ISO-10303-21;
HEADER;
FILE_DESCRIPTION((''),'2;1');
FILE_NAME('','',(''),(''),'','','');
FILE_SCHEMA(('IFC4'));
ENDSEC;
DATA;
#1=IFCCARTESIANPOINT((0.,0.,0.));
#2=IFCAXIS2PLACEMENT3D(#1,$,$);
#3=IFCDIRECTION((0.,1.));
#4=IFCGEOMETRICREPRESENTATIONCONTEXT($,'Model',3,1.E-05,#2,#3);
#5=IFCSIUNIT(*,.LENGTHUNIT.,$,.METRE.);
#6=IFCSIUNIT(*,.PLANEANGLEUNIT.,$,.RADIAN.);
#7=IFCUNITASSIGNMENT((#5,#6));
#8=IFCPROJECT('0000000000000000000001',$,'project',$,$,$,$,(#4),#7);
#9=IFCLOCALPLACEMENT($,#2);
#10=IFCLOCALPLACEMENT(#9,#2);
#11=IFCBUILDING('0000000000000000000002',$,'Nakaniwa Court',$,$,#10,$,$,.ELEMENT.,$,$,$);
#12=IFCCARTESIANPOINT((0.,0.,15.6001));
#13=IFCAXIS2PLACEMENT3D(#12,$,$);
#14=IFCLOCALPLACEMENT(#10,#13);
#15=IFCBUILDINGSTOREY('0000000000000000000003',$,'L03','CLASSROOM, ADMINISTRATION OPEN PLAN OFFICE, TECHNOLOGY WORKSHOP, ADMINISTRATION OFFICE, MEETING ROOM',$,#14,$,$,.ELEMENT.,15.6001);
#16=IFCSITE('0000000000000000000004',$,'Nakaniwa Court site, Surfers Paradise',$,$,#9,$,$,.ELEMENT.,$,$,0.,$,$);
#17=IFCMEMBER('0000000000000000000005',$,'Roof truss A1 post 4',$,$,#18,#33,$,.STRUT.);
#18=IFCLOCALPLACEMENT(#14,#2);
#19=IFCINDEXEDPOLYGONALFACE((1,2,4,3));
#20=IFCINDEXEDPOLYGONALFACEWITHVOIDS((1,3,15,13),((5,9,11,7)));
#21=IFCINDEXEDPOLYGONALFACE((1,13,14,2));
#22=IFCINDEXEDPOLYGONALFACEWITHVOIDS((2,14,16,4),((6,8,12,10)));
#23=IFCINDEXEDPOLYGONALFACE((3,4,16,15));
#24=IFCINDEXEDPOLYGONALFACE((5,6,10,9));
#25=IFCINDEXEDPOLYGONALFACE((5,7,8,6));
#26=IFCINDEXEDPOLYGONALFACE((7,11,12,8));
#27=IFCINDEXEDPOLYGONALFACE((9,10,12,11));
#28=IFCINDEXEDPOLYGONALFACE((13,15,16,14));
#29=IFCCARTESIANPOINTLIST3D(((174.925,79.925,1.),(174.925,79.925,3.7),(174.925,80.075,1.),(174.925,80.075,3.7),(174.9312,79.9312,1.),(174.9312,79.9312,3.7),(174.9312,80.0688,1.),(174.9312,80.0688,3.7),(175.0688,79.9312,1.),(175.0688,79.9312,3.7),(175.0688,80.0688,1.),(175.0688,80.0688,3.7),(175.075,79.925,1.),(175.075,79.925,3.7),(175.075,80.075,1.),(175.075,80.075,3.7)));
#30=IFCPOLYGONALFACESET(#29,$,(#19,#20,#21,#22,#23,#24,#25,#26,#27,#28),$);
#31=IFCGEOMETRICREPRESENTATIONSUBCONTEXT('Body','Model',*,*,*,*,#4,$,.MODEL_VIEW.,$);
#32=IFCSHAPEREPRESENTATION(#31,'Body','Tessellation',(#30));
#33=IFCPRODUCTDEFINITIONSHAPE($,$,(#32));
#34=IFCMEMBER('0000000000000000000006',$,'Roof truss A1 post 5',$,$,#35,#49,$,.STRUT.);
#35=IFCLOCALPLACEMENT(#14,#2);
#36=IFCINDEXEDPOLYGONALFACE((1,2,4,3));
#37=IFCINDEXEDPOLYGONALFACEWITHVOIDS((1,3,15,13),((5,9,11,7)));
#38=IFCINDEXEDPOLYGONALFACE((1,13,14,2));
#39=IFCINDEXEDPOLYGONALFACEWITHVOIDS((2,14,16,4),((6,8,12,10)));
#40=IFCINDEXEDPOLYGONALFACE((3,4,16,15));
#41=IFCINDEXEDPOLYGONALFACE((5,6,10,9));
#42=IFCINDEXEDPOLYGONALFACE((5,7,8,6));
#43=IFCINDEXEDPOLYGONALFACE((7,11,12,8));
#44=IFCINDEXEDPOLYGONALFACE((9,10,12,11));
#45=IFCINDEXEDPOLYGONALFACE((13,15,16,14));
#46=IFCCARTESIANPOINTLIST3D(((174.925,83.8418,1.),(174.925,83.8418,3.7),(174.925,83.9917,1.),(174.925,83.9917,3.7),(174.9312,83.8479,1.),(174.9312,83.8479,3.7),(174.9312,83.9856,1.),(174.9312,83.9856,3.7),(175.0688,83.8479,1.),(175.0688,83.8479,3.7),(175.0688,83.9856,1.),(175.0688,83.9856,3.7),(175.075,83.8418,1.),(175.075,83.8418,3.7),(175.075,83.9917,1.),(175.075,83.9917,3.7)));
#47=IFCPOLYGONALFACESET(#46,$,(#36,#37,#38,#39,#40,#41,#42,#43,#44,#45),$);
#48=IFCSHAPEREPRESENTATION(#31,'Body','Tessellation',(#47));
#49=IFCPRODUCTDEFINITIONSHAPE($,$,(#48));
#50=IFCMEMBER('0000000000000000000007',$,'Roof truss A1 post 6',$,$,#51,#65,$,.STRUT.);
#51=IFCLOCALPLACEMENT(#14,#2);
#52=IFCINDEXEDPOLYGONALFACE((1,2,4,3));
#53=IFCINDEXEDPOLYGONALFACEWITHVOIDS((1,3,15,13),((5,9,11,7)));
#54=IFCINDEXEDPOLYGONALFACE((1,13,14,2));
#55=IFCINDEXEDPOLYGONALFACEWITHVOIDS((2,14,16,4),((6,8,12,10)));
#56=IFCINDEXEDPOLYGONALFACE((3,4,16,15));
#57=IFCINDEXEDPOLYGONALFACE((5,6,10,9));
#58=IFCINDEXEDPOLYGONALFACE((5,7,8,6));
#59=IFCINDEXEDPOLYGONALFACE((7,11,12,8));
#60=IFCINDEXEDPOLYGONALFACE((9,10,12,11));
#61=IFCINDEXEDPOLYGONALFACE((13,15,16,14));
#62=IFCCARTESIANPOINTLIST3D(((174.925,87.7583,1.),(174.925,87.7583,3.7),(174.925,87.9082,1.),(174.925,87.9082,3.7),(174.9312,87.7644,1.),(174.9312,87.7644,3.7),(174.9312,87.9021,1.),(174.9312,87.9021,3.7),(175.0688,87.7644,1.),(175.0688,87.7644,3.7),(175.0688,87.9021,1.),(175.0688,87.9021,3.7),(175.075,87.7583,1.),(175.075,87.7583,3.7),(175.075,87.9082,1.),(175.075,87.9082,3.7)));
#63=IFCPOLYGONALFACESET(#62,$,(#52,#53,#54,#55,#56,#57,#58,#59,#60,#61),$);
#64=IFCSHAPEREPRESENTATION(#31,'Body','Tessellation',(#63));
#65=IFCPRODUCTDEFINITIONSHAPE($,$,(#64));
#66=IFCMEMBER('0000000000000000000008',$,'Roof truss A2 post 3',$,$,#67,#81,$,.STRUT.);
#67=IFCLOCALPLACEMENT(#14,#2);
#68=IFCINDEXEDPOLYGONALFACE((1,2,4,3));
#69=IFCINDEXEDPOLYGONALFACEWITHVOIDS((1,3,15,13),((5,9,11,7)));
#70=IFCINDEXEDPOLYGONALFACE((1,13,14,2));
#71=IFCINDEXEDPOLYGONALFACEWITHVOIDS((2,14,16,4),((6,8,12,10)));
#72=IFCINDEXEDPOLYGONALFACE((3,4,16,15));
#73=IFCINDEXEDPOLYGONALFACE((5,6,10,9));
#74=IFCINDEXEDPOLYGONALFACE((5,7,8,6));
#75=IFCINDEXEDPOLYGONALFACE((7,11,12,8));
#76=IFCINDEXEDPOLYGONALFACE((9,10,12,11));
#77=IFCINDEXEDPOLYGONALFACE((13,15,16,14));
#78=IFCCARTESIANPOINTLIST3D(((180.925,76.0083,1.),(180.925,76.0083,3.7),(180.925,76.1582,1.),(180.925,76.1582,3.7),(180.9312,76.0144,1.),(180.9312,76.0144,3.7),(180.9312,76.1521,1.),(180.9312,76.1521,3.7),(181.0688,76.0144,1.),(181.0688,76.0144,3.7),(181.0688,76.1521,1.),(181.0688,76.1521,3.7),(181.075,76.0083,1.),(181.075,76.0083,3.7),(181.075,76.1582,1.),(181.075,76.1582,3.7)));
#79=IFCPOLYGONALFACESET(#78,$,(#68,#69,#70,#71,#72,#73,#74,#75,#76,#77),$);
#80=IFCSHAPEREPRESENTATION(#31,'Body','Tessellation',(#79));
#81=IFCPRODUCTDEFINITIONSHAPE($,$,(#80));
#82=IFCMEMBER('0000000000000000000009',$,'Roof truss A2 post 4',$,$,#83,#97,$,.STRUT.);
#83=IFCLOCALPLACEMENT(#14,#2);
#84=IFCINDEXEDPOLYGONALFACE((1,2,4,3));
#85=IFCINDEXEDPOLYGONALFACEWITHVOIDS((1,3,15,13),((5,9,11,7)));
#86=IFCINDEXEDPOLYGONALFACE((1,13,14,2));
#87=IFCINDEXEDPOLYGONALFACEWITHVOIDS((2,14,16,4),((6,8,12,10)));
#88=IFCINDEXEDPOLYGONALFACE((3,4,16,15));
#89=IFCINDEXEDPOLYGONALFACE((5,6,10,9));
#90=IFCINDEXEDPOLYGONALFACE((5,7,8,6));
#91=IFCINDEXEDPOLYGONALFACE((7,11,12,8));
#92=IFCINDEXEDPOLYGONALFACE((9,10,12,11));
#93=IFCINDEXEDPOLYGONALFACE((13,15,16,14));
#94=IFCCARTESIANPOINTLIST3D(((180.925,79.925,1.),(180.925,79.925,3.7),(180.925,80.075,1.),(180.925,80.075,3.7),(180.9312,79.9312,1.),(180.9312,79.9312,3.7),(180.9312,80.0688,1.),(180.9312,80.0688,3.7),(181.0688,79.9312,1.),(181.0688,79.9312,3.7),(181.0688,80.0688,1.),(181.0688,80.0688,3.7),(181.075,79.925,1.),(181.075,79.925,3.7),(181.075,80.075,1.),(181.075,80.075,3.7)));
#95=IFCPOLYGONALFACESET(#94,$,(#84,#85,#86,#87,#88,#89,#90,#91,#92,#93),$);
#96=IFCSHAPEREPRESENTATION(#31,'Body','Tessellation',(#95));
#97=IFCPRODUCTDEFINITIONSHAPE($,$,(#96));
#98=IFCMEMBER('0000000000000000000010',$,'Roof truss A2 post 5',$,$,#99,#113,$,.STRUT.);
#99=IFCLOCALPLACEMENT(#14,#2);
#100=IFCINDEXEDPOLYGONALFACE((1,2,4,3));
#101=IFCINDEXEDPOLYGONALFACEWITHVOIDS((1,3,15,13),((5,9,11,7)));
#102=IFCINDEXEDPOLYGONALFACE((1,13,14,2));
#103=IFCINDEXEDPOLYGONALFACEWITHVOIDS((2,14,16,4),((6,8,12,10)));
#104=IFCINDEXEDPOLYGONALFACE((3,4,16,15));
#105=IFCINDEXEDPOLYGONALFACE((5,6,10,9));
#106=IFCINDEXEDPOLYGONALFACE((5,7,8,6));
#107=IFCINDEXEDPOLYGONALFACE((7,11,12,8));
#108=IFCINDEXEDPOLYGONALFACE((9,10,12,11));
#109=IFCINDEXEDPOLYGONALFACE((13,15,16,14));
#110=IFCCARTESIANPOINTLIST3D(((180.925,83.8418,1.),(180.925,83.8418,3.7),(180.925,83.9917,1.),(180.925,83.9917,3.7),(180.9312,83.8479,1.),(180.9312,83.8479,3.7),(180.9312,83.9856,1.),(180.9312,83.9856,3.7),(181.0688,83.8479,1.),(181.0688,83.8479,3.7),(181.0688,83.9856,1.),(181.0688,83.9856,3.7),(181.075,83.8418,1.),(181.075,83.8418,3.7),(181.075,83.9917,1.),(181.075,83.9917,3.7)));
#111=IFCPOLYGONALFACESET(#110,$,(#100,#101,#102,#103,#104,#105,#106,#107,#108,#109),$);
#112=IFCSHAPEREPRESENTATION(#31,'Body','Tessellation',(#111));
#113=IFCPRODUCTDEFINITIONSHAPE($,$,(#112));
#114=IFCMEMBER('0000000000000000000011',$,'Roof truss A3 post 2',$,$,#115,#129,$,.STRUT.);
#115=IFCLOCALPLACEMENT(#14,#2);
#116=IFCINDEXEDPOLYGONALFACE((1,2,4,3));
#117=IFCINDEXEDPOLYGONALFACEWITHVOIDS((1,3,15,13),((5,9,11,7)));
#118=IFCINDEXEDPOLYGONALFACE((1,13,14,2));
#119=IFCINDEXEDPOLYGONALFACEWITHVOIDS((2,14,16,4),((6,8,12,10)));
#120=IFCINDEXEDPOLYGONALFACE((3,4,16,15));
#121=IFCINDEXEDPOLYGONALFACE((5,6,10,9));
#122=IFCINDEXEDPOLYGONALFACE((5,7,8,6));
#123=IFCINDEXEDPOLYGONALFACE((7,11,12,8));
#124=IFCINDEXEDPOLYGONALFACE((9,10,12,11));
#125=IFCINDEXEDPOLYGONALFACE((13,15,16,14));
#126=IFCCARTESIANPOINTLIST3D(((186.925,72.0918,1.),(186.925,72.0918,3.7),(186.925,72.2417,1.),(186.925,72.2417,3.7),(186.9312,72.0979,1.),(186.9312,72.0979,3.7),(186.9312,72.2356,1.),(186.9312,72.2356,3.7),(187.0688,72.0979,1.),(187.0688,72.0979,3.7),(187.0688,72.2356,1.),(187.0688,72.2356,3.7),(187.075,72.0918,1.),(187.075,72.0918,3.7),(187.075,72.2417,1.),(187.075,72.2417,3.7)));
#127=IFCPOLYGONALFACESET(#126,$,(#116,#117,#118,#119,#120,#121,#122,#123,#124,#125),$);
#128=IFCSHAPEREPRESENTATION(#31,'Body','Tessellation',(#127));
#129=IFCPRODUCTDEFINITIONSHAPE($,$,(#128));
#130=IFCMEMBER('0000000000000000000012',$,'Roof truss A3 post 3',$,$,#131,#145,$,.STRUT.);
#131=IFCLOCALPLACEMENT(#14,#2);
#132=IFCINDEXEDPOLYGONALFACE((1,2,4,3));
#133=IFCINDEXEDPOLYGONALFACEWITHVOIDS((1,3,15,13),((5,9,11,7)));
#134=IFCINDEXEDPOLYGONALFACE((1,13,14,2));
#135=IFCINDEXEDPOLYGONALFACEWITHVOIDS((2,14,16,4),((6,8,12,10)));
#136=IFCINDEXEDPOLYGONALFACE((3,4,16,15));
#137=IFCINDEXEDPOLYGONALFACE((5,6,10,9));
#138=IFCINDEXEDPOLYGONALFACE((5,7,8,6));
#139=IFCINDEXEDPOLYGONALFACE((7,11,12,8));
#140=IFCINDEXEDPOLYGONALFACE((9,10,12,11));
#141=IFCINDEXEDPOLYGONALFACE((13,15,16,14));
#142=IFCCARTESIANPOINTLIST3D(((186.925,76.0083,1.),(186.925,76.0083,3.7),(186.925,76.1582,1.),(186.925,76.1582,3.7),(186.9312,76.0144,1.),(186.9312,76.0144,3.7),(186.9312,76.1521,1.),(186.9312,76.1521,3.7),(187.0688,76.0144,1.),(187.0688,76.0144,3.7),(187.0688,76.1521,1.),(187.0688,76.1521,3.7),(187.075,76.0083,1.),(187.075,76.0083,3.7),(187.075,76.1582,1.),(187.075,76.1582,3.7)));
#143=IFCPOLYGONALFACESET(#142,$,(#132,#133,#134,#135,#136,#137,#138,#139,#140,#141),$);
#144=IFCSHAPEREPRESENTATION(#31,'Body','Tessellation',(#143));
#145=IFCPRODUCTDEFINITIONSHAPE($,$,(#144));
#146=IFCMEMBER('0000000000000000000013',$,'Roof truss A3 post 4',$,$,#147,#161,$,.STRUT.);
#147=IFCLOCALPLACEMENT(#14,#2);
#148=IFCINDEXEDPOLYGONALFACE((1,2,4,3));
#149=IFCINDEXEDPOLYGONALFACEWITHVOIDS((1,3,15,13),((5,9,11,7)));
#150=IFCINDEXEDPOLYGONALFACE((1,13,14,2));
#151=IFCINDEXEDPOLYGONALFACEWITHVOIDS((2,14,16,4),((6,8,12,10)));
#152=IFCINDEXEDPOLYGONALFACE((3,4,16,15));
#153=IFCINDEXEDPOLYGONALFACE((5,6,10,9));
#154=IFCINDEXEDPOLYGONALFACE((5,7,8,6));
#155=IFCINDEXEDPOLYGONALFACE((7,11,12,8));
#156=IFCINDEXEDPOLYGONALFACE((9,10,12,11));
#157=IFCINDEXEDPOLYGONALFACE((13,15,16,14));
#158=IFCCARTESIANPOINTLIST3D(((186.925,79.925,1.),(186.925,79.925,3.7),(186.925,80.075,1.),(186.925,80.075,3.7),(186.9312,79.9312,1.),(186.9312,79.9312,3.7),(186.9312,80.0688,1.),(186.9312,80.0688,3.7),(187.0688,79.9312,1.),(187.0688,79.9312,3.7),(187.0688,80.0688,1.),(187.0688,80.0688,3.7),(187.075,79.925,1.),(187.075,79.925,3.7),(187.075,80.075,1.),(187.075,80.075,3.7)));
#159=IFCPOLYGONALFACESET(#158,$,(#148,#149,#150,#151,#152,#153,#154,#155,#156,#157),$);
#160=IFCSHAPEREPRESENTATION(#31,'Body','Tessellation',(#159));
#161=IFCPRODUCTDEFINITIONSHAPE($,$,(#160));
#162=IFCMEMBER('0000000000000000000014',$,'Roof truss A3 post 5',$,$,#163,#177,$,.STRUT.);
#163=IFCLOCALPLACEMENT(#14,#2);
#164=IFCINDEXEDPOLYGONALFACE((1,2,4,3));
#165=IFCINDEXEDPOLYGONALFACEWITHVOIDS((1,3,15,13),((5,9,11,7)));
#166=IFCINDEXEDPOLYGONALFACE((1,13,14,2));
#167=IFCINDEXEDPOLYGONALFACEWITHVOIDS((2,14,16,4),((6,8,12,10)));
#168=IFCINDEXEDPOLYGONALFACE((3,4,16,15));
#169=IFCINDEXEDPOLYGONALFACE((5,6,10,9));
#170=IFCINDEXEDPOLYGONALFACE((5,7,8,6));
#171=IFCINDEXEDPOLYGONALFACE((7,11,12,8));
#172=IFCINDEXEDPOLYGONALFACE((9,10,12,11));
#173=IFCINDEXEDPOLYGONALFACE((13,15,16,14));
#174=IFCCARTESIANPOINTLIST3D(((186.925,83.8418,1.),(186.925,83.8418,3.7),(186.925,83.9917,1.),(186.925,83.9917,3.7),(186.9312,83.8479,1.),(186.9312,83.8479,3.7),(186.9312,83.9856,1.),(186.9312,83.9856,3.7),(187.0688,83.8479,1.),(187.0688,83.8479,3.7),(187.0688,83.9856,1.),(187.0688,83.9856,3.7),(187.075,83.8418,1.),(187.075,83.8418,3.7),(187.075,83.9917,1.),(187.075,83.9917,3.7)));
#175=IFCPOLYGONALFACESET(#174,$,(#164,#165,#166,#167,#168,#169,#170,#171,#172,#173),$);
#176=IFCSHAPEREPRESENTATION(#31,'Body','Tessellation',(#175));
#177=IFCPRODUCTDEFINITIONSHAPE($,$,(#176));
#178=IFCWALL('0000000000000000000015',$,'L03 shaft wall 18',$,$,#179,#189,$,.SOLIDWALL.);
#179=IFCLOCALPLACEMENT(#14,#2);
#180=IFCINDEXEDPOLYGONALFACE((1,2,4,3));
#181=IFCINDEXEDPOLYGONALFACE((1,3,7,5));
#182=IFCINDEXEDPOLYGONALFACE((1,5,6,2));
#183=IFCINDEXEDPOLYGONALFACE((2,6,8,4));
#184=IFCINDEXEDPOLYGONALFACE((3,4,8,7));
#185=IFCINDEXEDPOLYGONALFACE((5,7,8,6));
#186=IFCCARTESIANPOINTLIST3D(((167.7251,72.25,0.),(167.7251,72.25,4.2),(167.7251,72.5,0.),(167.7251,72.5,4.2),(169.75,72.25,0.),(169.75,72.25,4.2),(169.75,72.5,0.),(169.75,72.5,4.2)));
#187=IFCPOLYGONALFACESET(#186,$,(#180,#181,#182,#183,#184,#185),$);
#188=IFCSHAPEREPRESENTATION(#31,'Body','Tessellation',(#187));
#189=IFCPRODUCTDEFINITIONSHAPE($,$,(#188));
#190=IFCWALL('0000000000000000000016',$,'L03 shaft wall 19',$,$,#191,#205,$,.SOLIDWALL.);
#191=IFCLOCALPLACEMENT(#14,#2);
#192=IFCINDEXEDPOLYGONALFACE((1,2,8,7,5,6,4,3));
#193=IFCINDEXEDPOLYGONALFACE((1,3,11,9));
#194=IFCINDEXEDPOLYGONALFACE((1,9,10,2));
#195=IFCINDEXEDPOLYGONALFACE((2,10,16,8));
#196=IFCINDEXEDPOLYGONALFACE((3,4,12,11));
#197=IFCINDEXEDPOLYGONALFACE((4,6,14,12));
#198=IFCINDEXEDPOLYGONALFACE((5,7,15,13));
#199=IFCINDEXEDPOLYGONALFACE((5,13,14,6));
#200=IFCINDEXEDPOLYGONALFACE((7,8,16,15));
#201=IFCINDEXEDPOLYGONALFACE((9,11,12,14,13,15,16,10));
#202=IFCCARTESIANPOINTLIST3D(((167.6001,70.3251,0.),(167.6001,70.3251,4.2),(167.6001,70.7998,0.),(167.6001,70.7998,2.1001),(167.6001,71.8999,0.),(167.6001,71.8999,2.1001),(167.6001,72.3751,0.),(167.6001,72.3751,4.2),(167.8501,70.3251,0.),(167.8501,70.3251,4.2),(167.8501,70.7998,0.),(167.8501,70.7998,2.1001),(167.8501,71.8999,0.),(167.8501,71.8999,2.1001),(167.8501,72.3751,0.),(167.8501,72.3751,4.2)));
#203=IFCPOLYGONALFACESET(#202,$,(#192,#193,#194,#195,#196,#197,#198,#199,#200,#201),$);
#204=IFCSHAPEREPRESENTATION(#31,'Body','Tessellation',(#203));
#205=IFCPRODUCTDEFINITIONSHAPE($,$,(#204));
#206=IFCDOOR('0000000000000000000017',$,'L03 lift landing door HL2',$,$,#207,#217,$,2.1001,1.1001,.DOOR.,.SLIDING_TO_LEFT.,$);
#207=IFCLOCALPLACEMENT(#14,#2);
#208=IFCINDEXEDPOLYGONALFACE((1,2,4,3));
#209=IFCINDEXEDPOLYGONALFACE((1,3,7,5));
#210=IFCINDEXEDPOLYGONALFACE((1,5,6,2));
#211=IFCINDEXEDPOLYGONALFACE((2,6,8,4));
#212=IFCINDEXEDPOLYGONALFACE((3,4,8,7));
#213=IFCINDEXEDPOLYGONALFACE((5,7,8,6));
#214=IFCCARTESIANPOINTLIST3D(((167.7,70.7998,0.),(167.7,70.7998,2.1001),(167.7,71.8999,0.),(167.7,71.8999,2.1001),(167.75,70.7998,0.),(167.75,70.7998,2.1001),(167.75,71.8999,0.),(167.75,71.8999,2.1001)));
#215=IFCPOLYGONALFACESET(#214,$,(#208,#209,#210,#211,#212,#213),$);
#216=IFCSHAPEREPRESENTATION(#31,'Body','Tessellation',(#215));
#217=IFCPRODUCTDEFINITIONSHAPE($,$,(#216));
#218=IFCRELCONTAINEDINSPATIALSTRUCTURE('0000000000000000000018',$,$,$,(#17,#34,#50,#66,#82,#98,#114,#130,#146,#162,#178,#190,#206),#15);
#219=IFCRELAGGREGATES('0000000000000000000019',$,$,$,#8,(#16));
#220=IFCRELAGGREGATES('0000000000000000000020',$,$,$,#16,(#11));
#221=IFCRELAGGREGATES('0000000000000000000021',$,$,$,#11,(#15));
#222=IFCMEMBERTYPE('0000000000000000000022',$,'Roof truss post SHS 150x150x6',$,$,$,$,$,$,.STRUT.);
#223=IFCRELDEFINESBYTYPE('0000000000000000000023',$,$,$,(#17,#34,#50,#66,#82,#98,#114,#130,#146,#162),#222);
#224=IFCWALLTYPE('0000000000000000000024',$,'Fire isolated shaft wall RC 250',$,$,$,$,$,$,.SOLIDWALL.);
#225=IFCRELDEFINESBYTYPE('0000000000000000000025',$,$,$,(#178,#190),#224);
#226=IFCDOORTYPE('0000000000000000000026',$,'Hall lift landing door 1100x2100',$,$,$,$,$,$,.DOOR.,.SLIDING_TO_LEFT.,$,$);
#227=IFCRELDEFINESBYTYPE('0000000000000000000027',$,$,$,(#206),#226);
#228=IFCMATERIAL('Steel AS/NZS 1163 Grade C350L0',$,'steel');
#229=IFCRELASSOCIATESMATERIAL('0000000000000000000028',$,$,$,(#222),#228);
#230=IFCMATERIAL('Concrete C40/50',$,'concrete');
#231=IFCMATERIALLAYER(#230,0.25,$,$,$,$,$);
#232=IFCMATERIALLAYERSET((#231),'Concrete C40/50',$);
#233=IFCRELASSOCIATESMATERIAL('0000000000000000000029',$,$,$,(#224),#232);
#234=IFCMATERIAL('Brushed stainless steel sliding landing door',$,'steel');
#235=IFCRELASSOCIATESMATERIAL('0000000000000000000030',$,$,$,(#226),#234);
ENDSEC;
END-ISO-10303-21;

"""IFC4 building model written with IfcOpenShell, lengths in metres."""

from ifc_helpers import new_model, si_unit, direction, frame, frame_2d, origin, origin_2d, place, context, subcontext, project, spatial, rectangle, hollow_rectangle, extrude, material, layer, layer_set, material_profile, profile_set, type_object, element, fill, save


model = new_model("IFC4")

# Units and contexts
model_context = context("Model", 3, precision=1e-05, world=origin(), true_north=direction((0.0, 1.0)))
body_context = subcontext(model_context, "Body", "Model", "MODEL_VIEW")
ifc_project = project(units=[si_unit("LENGTHUNIT", "METRE"), si_unit("PLANEANGLEUNIT", "RADIAN")], contexts=[model_context])

# Site, building, storey
site_placement = place(None, origin())
site = spatial("IfcSite", under=ifc_project, at=site_placement, Name="Nakaniwa Court site, Surfers Paradise", CompositionType="ELEMENT", RefElevation=0.0)
building_placement = place(site_placement, origin())
building = spatial("IfcBuilding", under=site, at=building_placement, Name="Nakaniwa Court", CompositionType="ELEMENT")
storey_placement = place(building_placement, frame((0.0, 0.0, 15.6001)))
storey = spatial("IfcBuildingStorey", under=building, at=storey_placement, Name="L03", Description="CLASSROOM, ADMINISTRATION OPEN PLAN OFFICE, TECHNOLOGY WORKSHOP, ADMINISTRATION OFFICE, MEETING ROOM", CompositionType="ELEMENT", Elevation=15.6001)

# Members
ifc_material_1 = material(Name="Steel AS/NZS 1163 Grade C350L0", Category="steel")
ifc_material_profile_1 = material_profile(ifc_material_1, hollow_rectangle(XDim=0.1499, YDim=0.1499, WallThickness=0.0061, at=origin_2d()), Name="SHS 150x150x6")
ifc_profile_set_1 = profile_set([ifc_material_profile_1], Name="Steel AS/NZS 1163 Grade C350L0")
member_type_1 = type_object("IfcMemberType", Name="Roof truss post SHS 150x150x6", PredefinedType="STRUT", material=ifc_profile_set_1)
for number, where, z_axis, x_axis, name in (
    (1, (175.0, 80.0, 1.0), (0.0, 0.0, 1.0), (1.0, 0.0, 0.0), "Roof truss A1 post 4"),
    (2, (175.0, 83.9167, 1.0), (0.0, 0.0, 1.0), (1.0, 0.0, 0.0), "Roof truss A1 post 5"),
    (3, (175.0, 87.8333, 1.0), (0.0, 0.0, 1.0), (1.0, 0.0, 0.0), "Roof truss A1 post 6"),
    (4, (181.0, 76.0833, 1.0), (0.0, 0.0, 1.0), (1.0, 0.0, 0.0), "Roof truss A2 post 3"),
    (5, (181.0, 80.0, 1.0), (0.0, 0.0, 1.0), (1.0, 0.0, 0.0), "Roof truss A2 post 4"),
    (6, (181.0, 83.9167, 1.0), (0.0, 0.0, 1.0), (1.0, 0.0, 0.0), "Roof truss A2 post 5"),
    (7, (187.0, 72.1667, 1.0), (0.0, 0.0, 1.0), (1.0, 0.0, 0.0), "Roof truss A3 post 2"),
    (8, (187.0, 76.0833, 1.0), (0.0, 0.0, 1.0), (1.0, 0.0, 0.0), "Roof truss A3 post 3"),
    (9, (187.0, 80.0, 1.0), (0.0, 0.0, 1.0), (1.0, 0.0, 0.0), "Roof truss A3 post 4"),
    (10, (187.0, 83.9167, 1.0), (0.0, 0.0, 1.0), (1.0, 0.0, 0.0), "Roof truss A3 post 5"),
):
    element("IfcMember", number, at=place(storey_placement, frame(where, z_axis=z_axis, x_axis=x_axis)), inside=storey, type_object=member_type_1, Name=name, PredefinedType="STRUT", context=body_context, shape_type="SweptSolid", body=[
        extrude(hollow_rectangle(XDim=0.1499, YDim=0.1499, WallThickness=0.0061, at=origin_2d()), origin(), (0.0, 0.0, 1.0), 2.7),
    ])

# Wall
ifc_material_2 = material(Name="Concrete C40/50", Category="concrete")
ifc_layer = layer(ifc_material_2, 0.25)
ifc_layer_set = layer_set([ifc_layer], Name="Concrete C40/50")
wall_type = type_object("IfcWallType", Name="Fire isolated shaft wall RC 250", PredefinedType="SOLIDWALL", material=ifc_layer_set)
wall_1_placement = place(storey_placement, frame((169.75, 72.375, 0.0), z_axis=(0.0, 0.0, 1.0), x_axis=(-1.0, 0.0, 0.0)))
element("IfcWall", 11, at=wall_1_placement, inside=storey, type_object=wall_type, Name="L03 shaft wall 18", PredefinedType="SOLIDWALL", context=body_context, shape_type="SweptSolid", body=[
    extrude(rectangle(XDim=2.0249, YDim=0.25, at=frame_2d((1.0125, 0.0))), origin(), (0.0, 0.0, 1.0), 4.2),
])

# Wall, opening, door
wall_2_placement = place(storey_placement, frame((167.7251, 72.375, 0.0), z_axis=(0.0, 0.0, 1.0), x_axis=(0.0, -1.0, 0.0)))
wall_2 = element("IfcWall", 12, at=wall_2_placement, inside=storey, type_object=wall_type, Name="L03 shaft wall 19", PredefinedType="SOLIDWALL", context=body_context, shape_type="SweptSolid", body=[
    extrude(rectangle(XDim=2.05, YDim=0.25, at=frame_2d((1.0249, 0.0))), origin(), (0.0, 0.0, 1.0), 4.2),
])
opening_placement = place(wall_2_placement, frame((0.4751, 0.0, 0.0)))
opening = element("IfcOpeningElement", 13, at=opening_placement, cuts=wall_2, PredefinedType="OPENING", context=body_context, shape_type="SweptSolid", body=[
    extrude(rectangle(XDim=1.1001, YDim=2.1001, at=frame_2d((0.55, 1.05))), frame((0.0, 0.135, 0.0), z_axis=(0.0, -1.0, 0.0), x_axis=(1.0, 0.0, 0.0)), (0.0, 0.0, 1.0), 0.27),
])
ifc_material_3 = material(Name="Brushed stainless steel sliding landing door", Category="steel")
door_type = type_object("IfcDoorType", Name="Hall lift landing door 1100x2100", OperationType="SLIDING_TO_LEFT", PredefinedType="DOOR", material=ifc_material_3)
door_placement = place(opening_placement, origin())
door = element("IfcDoor", 14, at=door_placement, inside=storey, type_object=door_type, Name="L03 lift landing door HL2", OperationType="SLIDING_TO_LEFT", OverallHeight=2.1001, OverallWidth=1.1001, PredefinedType="DOOR", context=body_context, shape_type="SweptSolid", body=[
    extrude(rectangle(XDim=1.1001, YDim=2.1001, at=frame_2d((0.55, 1.05))), frame((0.0, 0.0249, 0.0), z_axis=(0.0, -1.0, 0.0), x_axis=(1.0, 0.0, 0.0)), (0.0, 0.0, 1.0), 0.05),
])
fill(opening, door)

save(model, "model.ifc")
